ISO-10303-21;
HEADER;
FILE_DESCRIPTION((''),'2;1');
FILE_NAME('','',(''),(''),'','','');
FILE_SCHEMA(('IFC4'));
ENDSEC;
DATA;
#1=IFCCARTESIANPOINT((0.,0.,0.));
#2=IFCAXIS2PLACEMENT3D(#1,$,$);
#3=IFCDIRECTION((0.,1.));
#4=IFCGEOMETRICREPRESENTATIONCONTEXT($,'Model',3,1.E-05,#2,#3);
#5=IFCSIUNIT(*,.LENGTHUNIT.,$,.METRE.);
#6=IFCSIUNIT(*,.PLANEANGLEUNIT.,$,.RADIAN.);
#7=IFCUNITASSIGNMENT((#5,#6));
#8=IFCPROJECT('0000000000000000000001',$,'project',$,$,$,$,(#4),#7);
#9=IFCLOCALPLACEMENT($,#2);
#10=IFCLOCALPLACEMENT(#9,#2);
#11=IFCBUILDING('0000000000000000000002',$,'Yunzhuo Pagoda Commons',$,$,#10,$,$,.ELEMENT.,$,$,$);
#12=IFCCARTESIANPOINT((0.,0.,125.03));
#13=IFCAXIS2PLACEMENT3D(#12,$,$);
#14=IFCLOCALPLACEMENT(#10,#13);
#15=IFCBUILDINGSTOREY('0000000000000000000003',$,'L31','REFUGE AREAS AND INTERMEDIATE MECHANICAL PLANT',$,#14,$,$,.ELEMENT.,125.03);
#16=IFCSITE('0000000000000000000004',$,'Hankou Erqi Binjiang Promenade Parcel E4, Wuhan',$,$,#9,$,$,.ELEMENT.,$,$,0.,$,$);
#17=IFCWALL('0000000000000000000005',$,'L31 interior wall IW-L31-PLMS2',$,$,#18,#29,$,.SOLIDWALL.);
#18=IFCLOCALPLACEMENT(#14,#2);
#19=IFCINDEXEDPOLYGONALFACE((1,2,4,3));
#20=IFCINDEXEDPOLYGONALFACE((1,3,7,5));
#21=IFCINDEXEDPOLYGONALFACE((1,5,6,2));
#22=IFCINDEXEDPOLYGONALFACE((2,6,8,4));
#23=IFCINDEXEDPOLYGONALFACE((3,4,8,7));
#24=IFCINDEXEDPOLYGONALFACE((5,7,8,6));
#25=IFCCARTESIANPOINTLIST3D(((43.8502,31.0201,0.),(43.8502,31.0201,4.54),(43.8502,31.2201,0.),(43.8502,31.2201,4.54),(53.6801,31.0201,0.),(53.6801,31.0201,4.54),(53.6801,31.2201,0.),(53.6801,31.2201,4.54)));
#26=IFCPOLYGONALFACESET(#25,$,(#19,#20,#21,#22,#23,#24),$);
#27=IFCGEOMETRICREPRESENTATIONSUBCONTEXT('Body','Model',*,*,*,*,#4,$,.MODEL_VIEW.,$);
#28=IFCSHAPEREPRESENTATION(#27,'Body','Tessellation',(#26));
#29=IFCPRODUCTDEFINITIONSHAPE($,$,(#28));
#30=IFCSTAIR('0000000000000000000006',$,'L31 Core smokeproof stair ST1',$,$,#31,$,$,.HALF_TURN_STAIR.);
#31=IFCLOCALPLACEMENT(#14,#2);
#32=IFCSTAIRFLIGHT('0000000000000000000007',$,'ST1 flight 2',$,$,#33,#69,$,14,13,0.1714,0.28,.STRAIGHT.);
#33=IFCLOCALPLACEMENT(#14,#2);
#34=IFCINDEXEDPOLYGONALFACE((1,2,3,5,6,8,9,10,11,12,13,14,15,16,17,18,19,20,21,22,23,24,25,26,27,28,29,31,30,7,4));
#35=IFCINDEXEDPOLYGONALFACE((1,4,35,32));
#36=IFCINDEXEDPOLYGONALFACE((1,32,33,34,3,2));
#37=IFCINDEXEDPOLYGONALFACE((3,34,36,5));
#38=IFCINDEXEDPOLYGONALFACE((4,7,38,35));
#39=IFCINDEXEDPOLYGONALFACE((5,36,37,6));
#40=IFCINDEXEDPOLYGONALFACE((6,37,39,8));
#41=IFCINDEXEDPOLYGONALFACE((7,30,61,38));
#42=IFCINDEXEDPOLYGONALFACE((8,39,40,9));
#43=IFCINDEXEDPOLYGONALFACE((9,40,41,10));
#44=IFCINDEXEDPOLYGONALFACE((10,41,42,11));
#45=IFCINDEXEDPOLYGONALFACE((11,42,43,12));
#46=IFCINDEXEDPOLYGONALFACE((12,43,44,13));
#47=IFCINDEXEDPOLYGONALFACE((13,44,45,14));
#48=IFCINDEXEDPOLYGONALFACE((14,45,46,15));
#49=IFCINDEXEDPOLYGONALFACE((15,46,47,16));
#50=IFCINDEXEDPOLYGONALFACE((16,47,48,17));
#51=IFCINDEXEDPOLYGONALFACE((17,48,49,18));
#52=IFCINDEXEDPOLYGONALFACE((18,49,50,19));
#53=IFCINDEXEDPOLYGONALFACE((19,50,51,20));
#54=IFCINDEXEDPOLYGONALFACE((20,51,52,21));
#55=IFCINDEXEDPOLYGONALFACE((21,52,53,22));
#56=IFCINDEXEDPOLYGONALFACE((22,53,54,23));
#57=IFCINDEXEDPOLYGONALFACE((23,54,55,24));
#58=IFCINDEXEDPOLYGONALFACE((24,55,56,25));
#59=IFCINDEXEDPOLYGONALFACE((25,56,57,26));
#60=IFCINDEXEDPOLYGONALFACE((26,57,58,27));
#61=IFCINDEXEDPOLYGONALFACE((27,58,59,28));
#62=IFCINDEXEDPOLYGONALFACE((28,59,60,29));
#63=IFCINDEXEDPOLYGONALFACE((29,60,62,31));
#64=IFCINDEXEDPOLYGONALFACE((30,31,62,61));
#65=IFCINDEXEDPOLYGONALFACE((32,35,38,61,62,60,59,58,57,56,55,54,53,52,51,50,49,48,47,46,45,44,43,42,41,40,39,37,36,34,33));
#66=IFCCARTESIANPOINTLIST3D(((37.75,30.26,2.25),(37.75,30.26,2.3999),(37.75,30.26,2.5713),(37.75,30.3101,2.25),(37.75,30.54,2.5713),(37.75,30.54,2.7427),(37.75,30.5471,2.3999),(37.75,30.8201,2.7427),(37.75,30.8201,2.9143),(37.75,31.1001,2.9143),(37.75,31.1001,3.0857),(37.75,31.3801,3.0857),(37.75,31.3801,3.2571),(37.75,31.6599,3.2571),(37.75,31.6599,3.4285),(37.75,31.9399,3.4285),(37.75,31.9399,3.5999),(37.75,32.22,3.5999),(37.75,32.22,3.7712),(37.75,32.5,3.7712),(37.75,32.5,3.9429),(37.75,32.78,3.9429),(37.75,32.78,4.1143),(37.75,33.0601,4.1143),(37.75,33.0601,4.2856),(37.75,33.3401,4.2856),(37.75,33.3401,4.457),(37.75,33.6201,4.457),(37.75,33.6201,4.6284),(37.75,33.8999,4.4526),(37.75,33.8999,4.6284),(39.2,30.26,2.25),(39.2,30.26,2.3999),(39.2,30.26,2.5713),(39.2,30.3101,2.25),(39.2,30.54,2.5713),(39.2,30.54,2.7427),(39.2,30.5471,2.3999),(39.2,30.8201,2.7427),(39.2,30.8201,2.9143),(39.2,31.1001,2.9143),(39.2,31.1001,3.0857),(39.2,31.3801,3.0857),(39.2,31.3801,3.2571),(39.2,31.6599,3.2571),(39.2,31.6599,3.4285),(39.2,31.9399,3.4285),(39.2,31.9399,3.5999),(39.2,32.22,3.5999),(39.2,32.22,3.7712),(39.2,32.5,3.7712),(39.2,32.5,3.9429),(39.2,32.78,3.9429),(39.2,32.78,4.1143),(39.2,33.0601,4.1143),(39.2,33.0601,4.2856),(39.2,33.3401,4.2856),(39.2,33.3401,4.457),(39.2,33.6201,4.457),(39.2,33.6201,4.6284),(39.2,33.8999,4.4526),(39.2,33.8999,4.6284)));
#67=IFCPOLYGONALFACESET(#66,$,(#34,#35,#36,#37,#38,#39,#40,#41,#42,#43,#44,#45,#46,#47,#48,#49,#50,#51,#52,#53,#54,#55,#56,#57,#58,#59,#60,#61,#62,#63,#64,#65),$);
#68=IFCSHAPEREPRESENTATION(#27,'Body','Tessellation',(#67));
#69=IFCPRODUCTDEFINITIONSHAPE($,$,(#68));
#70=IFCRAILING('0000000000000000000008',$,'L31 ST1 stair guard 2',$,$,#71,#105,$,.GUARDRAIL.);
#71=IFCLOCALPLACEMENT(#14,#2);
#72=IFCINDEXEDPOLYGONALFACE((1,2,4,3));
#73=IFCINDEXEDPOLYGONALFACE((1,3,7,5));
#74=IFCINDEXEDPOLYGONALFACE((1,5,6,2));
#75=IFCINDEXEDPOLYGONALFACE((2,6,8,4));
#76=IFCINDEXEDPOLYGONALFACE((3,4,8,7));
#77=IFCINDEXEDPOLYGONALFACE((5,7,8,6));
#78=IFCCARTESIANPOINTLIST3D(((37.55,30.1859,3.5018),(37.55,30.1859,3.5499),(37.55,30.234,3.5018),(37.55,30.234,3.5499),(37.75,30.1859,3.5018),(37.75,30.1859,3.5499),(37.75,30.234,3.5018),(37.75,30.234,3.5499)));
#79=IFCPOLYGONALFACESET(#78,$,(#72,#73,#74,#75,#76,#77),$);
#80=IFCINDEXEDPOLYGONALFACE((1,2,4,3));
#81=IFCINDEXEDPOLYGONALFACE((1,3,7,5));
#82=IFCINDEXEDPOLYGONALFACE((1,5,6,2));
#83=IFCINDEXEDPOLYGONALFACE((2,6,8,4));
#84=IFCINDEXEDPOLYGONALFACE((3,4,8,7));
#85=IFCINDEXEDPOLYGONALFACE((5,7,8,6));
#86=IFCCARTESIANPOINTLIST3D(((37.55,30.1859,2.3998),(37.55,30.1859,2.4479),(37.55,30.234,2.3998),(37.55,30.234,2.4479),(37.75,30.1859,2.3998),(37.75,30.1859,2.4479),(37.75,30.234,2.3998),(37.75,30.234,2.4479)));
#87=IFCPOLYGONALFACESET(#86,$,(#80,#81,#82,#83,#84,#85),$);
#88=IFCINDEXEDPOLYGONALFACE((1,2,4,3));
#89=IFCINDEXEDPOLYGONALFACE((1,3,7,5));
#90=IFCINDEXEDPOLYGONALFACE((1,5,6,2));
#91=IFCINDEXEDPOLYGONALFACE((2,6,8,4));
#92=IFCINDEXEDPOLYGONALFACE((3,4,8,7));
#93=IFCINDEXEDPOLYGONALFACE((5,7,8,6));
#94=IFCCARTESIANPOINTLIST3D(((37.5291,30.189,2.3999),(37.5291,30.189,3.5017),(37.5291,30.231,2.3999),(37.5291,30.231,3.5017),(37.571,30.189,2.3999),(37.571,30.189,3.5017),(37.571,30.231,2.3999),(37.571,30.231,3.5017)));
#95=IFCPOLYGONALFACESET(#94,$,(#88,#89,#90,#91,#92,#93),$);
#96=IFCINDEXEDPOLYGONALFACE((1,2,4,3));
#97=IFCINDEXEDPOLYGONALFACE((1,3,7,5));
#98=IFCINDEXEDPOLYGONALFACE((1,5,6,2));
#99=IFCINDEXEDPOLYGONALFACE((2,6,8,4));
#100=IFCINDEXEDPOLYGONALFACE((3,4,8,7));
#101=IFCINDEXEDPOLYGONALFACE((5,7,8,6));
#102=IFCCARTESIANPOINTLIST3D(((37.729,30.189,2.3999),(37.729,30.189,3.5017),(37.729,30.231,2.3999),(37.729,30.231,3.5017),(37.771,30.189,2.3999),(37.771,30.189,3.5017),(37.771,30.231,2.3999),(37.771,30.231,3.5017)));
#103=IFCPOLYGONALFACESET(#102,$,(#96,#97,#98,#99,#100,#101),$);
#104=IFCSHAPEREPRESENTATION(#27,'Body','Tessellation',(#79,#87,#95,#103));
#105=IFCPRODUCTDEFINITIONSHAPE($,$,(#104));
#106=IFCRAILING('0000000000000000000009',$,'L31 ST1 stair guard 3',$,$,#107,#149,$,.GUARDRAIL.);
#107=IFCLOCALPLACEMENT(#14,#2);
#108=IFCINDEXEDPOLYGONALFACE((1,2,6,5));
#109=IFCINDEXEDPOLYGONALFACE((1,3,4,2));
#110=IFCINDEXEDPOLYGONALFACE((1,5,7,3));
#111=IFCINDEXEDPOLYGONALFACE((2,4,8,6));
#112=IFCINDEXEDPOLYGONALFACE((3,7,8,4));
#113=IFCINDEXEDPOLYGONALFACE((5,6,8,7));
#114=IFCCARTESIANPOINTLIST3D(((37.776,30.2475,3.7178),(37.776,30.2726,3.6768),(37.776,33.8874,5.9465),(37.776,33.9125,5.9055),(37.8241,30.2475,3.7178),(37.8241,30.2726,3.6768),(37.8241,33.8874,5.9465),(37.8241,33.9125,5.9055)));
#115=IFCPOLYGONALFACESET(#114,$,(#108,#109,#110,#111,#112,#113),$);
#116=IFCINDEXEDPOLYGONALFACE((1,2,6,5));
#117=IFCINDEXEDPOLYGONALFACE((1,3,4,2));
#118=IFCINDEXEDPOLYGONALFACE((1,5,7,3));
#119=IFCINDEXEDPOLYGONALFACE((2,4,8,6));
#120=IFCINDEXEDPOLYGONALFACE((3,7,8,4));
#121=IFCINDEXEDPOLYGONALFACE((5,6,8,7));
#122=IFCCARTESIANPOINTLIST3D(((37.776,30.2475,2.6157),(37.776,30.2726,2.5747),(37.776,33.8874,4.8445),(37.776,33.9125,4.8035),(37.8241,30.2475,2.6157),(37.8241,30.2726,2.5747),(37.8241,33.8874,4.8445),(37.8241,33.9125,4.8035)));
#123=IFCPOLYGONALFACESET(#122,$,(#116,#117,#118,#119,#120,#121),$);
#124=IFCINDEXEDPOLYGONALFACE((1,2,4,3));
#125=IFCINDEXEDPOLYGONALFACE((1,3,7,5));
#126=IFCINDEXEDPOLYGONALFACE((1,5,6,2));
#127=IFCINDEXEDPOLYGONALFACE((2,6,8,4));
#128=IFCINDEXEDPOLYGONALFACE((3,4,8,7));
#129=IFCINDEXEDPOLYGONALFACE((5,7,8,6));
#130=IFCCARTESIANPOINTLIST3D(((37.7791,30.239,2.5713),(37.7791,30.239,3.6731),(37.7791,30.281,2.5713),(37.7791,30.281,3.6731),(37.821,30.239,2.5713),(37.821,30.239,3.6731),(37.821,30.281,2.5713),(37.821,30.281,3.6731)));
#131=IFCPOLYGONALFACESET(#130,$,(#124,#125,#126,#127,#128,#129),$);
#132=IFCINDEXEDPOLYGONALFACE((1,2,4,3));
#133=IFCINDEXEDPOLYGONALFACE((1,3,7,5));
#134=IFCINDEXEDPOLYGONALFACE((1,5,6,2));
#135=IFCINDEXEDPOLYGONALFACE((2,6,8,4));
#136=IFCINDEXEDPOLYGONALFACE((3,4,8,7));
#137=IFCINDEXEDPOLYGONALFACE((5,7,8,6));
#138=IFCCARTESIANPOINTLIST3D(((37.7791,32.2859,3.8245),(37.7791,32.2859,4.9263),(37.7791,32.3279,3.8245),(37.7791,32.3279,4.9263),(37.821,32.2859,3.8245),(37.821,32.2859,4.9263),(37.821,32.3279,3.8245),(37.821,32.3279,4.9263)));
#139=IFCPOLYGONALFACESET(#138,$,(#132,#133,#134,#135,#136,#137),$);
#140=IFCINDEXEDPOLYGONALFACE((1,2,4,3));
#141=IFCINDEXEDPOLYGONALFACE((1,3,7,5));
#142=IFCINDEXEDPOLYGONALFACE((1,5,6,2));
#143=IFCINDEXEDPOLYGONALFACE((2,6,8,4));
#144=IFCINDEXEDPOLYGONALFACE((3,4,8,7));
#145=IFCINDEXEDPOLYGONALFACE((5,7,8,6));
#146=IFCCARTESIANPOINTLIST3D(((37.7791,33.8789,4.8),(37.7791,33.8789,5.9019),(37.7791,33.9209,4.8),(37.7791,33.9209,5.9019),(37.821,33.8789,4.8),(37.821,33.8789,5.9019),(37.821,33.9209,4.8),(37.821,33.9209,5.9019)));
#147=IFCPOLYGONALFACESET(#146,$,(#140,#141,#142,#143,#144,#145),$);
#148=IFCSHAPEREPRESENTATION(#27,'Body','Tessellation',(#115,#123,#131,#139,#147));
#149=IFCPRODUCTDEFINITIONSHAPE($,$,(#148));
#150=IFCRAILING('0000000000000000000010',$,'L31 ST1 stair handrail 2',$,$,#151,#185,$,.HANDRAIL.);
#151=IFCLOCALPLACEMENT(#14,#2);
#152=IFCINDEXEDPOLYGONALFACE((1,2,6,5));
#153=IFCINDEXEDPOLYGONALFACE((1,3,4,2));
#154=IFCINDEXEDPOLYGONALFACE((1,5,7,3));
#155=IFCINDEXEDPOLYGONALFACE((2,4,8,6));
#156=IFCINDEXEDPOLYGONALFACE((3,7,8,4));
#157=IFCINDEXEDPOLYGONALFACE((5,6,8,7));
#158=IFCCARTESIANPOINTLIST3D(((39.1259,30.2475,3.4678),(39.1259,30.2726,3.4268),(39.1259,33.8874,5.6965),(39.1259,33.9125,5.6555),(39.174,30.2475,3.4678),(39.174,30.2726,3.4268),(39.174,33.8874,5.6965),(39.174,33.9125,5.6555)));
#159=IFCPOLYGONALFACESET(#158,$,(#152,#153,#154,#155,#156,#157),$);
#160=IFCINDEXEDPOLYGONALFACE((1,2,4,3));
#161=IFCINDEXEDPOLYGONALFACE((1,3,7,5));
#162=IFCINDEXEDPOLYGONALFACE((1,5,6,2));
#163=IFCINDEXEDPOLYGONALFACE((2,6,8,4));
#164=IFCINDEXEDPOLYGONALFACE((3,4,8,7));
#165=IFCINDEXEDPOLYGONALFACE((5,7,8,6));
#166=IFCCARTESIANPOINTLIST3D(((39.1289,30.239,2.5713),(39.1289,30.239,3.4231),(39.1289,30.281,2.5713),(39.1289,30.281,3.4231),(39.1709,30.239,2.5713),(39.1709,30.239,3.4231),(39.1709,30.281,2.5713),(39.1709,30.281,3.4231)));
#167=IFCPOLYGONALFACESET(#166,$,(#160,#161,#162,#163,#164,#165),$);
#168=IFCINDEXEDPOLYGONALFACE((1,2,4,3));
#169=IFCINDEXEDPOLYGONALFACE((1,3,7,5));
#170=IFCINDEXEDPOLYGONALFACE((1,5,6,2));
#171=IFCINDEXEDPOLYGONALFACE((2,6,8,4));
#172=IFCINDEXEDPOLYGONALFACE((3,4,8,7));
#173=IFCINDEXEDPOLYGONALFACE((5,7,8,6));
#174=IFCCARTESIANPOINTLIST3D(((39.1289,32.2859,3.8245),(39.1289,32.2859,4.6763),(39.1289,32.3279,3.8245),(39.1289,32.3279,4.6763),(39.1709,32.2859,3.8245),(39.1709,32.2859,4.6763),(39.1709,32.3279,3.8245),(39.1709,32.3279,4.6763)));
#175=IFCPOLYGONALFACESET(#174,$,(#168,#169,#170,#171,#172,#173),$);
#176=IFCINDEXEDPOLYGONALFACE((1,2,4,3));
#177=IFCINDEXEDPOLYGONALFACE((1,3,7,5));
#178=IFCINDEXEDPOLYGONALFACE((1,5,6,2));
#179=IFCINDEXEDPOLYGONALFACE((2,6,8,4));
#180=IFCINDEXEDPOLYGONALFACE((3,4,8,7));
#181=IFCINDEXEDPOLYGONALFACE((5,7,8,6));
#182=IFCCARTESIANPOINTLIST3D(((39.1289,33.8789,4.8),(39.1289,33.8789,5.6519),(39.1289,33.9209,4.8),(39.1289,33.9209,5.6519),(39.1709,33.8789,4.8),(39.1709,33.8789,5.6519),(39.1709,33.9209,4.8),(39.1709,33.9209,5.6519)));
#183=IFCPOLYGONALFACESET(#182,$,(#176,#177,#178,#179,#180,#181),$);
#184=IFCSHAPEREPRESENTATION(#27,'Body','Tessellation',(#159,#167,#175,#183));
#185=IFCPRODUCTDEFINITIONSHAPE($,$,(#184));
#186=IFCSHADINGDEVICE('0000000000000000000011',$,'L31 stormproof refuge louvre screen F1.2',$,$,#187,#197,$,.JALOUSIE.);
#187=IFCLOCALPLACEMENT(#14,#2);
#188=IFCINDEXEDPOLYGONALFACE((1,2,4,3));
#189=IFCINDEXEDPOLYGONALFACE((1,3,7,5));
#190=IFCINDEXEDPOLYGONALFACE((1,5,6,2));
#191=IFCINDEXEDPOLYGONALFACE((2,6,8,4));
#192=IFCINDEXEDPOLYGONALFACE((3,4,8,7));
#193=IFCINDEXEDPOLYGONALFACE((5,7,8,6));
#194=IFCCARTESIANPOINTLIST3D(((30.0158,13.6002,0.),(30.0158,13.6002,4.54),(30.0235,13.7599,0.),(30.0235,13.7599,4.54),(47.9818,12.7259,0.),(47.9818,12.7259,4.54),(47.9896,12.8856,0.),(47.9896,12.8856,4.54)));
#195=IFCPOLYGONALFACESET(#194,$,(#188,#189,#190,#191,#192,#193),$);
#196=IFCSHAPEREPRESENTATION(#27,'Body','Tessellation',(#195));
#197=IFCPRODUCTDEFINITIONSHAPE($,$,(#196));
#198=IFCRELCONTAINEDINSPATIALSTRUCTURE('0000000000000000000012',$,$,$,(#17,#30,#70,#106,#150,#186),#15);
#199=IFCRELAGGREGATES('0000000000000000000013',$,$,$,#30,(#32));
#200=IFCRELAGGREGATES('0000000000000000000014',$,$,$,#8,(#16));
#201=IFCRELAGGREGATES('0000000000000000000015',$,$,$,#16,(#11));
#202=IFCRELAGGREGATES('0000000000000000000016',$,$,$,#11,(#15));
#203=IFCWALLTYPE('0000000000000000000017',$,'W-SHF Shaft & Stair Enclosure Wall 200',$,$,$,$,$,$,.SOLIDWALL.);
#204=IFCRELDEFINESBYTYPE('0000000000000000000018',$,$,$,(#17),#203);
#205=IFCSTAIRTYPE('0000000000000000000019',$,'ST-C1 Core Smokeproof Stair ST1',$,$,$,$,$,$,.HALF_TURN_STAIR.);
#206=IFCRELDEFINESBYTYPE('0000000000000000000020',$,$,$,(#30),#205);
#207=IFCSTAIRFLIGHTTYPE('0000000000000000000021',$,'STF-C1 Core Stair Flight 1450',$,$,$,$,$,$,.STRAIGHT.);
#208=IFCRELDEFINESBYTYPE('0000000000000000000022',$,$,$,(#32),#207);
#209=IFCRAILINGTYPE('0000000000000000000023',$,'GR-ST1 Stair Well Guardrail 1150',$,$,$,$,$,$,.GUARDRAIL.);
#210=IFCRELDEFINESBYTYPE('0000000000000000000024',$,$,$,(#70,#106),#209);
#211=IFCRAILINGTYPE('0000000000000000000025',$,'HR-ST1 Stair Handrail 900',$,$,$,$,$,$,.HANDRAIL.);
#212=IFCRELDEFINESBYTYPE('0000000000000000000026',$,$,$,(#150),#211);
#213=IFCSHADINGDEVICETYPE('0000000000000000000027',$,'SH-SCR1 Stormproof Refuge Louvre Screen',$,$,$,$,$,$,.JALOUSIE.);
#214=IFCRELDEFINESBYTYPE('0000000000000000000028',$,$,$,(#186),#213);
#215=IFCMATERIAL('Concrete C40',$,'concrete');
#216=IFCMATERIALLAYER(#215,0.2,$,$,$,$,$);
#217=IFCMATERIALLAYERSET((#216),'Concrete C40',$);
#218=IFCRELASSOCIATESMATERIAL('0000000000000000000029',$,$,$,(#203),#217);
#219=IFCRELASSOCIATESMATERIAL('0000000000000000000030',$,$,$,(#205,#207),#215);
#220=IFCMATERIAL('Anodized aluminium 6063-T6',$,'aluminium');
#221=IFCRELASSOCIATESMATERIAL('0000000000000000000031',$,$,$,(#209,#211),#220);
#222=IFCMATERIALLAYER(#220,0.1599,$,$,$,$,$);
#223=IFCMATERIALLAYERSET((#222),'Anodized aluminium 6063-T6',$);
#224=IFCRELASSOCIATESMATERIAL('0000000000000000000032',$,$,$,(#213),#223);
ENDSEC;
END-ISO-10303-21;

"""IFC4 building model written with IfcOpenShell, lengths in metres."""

from ifc_helpers import new_model, si_unit, direction, frame, frame_2d, origin, origin_2d, place, context, subcontext, project, spatial, polyline, rectangle, outline, extrude, source, transform, mapped, material, layer, layer_set, type_object, element, aggregate, save


model = new_model("IFC4")

# Units and contexts
model_context = context("Model", 3, precision=1e-05, world=origin(), true_north=direction((0.0, 1.0)))
body_context = subcontext(model_context, "Body", "Model", "MODEL_VIEW")
ifc_project = project(units=[si_unit("LENGTHUNIT", "METRE"), si_unit("PLANEANGLEUNIT", "RADIAN")], contexts=[model_context])

# Site, building, storey
site_placement = place(None, origin())
site = spatial("IfcSite", under=ifc_project, at=site_placement, Name="Hankou Erqi Binjiang Promenade Parcel E4, Wuhan", CompositionType="ELEMENT", RefElevation=0.0)
building_placement = place(site_placement, origin())
building = spatial("IfcBuilding", under=site, at=building_placement, Name="Yunzhuo Pagoda Commons", CompositionType="ELEMENT")
storey_placement = place(building_placement, frame((0.0, 0.0, 125.03)))
storey = spatial("IfcBuildingStorey", under=building, at=storey_placement, Name="L31", Description="REFUGE AREAS AND INTERMEDIATE MECHANICAL PLANT", CompositionType="ELEMENT", Elevation=125.03)

# Shared definitions
ifc_material_1 = material(Name="Concrete C40", Category="concrete")
ifc_layer_1 = layer(ifc_material_1, 0.2)
ifc_layer_set_1 = layer_set([ifc_layer_1], Name="Concrete C40")
wall_type_1 = type_object("IfcWallType", Name="W-SHF Shaft & Stair Enclosure Wall 200", PredefinedType="SOLIDWALL", material=ifc_layer_set_1)

# Wall
wall_1_placement = place(storey_placement, frame((43.8501, 31.1201, 0.0), z_axis=(0.0, 0.0, 1.0), x_axis=(1.0, 0.0, 0.0)))
element("IfcWall", 1, at=wall_1_placement, inside=storey, type_object=wall_type_1, Name="L31 interior wall IW-L31-PLMS2", PredefinedType="SOLIDWALL", context=body_context, shape_type="SweptSolid", body=[
    extrude(rectangle(XDim=9.8298, YDim=0.2, at=frame_2d((4.915, 0.0))), origin(), (0.0, 0.0, 1.0), 4.54),
])

# Stair, stair flight
stair_type = type_object("IfcStairType", Name="ST-C1 Core Smokeproof Stair ST1", PredefinedType="HALF_TURN_STAIR", material=ifc_material_1)
stair_placement = place(storey_placement, origin())
stair = element("IfcStair", 2, at=stair_placement, inside=storey, type_object=stair_type, Name="L31 Core smokeproof stair ST1", PredefinedType="HALF_TURN_STAIR")
stair_flight_type = type_object("IfcStairFlightType", Name="STF-C1 Core Stair Flight 1450", PredefinedType="STRAIGHT", material=ifc_material_1)
shared_shape_1 = source(origin(), body_context, "Body", "SweptSolid", [
    extrude(outline(polyline([(0.0, -0.1499), (0.0, 0.0), (0.0, 0.1714), (0.28, 0.1714), (0.28, 0.3428), (0.5601, 0.3428), (0.5601, 0.5144), (0.8401, 0.5144), (0.8401, 0.6858), (1.1201, 0.6858), (1.1201, 0.8572), (1.3999, 0.8572), (1.3999, 1.0286), (1.6799, 1.0286), (1.6799, 1.2), (1.96, 1.2), (1.96, 1.3713), (2.24, 1.3713), (2.24, 1.543), (2.52, 1.543), (2.52, 1.7144), (2.8, 1.7144), (2.8, 1.8857), (3.0801, 1.8857), (3.0801, 2.0571), (3.3601, 2.0571), (3.3601, 2.2285), (3.6399, 2.2285), (3.6399, 2.3999), (3.6399, 2.0527), (0.2871, 0.0), (0.05, -0.1499), (0.0, -0.1499)])), frame((0.0, 0.7251, 0.0), z_axis=(0.0, -1.0, 0.0), x_axis=(1.0, 0.0, 0.0)), (0.0, 0.0, 1.0), 1.45),
])
stair_flight_placement = place(storey_placement, frame((38.4751, 30.26, 2.3999), z_axis=(0.0, 0.0, 1.0), x_axis=(0.0, 1.0, 0.0)))
stair_flight = element("IfcStairFlight", 3, at=stair_flight_placement, type_object=stair_flight_type, Name="ST1 flight 2", NumberOfRisers=14, NumberOfTreads=13, PredefinedType="STRAIGHT", RiserHeight=0.1714, TreadLength=0.28, context=body_context, shape_type="MappedRepresentation", body=[
    mapped(shared_shape_1, transform((0.0, 0.0, 0.0), scale=1.0)),
])
aggregate(stair, [stair_flight])

# Railings
ifc_material_2 = material(Name="Anodized aluminium 6063-T6", Category="aluminium")
railing_type_1 = type_object("IfcRailingType", Name="GR-ST1 Stair Well Guardrail 1150", PredefinedType="GUARDRAIL", material=ifc_material_2)
railing_1_placement = place(storey_placement, frame((37.55, 30.21, 2.3999)))
element("IfcRailing", 4, at=railing_1_placement, inside=storey, type_object=railing_type_1, Name="L31 ST1 stair guard 2", PredefinedType="GUARDRAIL", context=body_context, shape_type="SweptSolid", body=[
    extrude(rectangle(XDim=0.0481, YDim=0.0481, at=origin_2d()), frame((0.0, 0.0, 1.126), z_axis=(1.0, 0.0, 0.0), x_axis=(0.0, 1.0, 0.0)), (0.0, 0.0, 1.0), 0.2),
    extrude(rectangle(XDim=0.0481, YDim=0.0481, at=origin_2d()), frame((0.0, 0.0, 0.0239), z_axis=(1.0, 0.0, 0.0), x_axis=(0.0, 1.0, 0.0)), (0.0, 0.0, 1.0), 0.2),
    extrude(rectangle(XDim=0.042, YDim=0.042, at=origin_2d()), origin(), (0.0, 0.0, 1.0), 1.1018),
    extrude(rectangle(XDim=0.042, YDim=0.042, at=origin_2d()), frame((0.2, 0.0, 0.0)), (0.0, 0.0, 1.0), 1.1018),
])
railing_2_placement = place(storey_placement, frame((37.8, 30.26, 2.5713)))
element("IfcRailing", 5, at=railing_2_placement, inside=storey, type_object=railing_type_1, Name="L31 ST1 stair guard 3", PredefinedType="GUARDRAIL", context=body_context, shape_type="SweptSolid", body=[
    extrude(rectangle(XDim=0.0481, YDim=0.0481, at=origin_2d()), frame((0.0, 0.0, 1.126), z_axis=(0.0, 0.852825, 0.522197), x_axis=(-1.0, 0.0, 0.0)), (0.0, 0.0, 1.0), 4.2681),
    extrude(rectangle(XDim=0.0481, YDim=0.0481, at=origin_2d()), frame((0.0, 0.0, 0.0239), z_axis=(0.0, 0.852825, 0.522197), x_axis=(-1.0, 0.0, 0.0)), (0.0, 0.0, 1.0), 4.2681),
    extrude(rectangle(XDim=0.042, YDim=0.042, at=origin_2d()), origin(), (0.0, 0.0, 1.0), 1.1018),
    extrude(rectangle(XDim=0.042, YDim=0.042, at=origin_2d()), frame((0.0, 2.0469, 1.2532)), (0.0, 0.0, 1.0), 1.1018),
    extrude(rectangle(XDim=0.042, YDim=0.042, at=origin_2d()), frame((0.0, 3.6399, 2.2288)), (0.0, 0.0, 1.0), 1.1018),
])
railing_type_2 = type_object("IfcRailingType", Name="HR-ST1 Stair Handrail 900", PredefinedType="HANDRAIL", material=ifc_material_2)
railing_3_placement = place(storey_placement, frame((39.1499, 30.26, 2.5713)))
element("IfcRailing", 6, at=railing_3_placement, inside=storey, type_object=railing_type_2, Name="L31 ST1 stair handrail 2", PredefinedType="HANDRAIL", context=body_context, shape_type="SweptSolid", body=[
    extrude(rectangle(XDim=0.0481, YDim=0.0481, at=origin_2d()), frame((0.0, 0.0, 0.876), z_axis=(0.0, 0.852825, 0.522197), x_axis=(-1.0, 0.0, 0.0)), (0.0, 0.0, 1.0), 4.2681),
    extrude(rectangle(XDim=0.042, YDim=0.042, at=origin_2d()), origin(), (0.0, 0.0, 1.0), 0.8518),
    extrude(rectangle(XDim=0.042, YDim=0.042, at=origin_2d()), frame((0.0, 2.0469, 1.2532)), (0.0, 0.0, 1.0), 0.8518),
    extrude(rectangle(XDim=0.042, YDim=0.042, at=origin_2d()), frame((0.0, 3.6399, 2.2288)), (0.0, 0.0, 1.0), 0.8518),
])

# Shading device
ifc_layer_2 = layer(ifc_material_2, 0.1599)
ifc_layer_set_2 = layer_set([ifc_layer_2], Name="Anodized aluminium 6063-T6")
shading_device_type = type_object("IfcShadingDeviceType", Name="SH-SCR1 Stormproof Refuge Louvre Screen", PredefinedType="JALOUSIE", material=ifc_layer_set_2)
shared_shape_2 = source(origin(), body_context, "Body", "SweptSolid", [
    extrude(rectangle(XDim=17.9873, YDim=0.1599, at=origin_2d()), origin(), (0.0, 0.0, 1.0), 4.54),
])
shading_device_placement = place(storey_placement, frame((39.0027, 13.2429, 0.0), z_axis=(0.0, 0.0, 1.0), x_axis=(0.998818, -0.048606, 0.0)))
element("IfcShadingDevice", 7, at=shading_device_placement, inside=storey, type_object=shading_device_type, Name="L31 stormproof refuge louvre screen F1.2", PredefinedType="JALOUSIE", context=body_context, shape_type="MappedRepresentation", body=[
    mapped(shared_shape_2, transform((0.0, 0.0, 0.0), scale=1.0)),
])

save(model, "model.ifc")
